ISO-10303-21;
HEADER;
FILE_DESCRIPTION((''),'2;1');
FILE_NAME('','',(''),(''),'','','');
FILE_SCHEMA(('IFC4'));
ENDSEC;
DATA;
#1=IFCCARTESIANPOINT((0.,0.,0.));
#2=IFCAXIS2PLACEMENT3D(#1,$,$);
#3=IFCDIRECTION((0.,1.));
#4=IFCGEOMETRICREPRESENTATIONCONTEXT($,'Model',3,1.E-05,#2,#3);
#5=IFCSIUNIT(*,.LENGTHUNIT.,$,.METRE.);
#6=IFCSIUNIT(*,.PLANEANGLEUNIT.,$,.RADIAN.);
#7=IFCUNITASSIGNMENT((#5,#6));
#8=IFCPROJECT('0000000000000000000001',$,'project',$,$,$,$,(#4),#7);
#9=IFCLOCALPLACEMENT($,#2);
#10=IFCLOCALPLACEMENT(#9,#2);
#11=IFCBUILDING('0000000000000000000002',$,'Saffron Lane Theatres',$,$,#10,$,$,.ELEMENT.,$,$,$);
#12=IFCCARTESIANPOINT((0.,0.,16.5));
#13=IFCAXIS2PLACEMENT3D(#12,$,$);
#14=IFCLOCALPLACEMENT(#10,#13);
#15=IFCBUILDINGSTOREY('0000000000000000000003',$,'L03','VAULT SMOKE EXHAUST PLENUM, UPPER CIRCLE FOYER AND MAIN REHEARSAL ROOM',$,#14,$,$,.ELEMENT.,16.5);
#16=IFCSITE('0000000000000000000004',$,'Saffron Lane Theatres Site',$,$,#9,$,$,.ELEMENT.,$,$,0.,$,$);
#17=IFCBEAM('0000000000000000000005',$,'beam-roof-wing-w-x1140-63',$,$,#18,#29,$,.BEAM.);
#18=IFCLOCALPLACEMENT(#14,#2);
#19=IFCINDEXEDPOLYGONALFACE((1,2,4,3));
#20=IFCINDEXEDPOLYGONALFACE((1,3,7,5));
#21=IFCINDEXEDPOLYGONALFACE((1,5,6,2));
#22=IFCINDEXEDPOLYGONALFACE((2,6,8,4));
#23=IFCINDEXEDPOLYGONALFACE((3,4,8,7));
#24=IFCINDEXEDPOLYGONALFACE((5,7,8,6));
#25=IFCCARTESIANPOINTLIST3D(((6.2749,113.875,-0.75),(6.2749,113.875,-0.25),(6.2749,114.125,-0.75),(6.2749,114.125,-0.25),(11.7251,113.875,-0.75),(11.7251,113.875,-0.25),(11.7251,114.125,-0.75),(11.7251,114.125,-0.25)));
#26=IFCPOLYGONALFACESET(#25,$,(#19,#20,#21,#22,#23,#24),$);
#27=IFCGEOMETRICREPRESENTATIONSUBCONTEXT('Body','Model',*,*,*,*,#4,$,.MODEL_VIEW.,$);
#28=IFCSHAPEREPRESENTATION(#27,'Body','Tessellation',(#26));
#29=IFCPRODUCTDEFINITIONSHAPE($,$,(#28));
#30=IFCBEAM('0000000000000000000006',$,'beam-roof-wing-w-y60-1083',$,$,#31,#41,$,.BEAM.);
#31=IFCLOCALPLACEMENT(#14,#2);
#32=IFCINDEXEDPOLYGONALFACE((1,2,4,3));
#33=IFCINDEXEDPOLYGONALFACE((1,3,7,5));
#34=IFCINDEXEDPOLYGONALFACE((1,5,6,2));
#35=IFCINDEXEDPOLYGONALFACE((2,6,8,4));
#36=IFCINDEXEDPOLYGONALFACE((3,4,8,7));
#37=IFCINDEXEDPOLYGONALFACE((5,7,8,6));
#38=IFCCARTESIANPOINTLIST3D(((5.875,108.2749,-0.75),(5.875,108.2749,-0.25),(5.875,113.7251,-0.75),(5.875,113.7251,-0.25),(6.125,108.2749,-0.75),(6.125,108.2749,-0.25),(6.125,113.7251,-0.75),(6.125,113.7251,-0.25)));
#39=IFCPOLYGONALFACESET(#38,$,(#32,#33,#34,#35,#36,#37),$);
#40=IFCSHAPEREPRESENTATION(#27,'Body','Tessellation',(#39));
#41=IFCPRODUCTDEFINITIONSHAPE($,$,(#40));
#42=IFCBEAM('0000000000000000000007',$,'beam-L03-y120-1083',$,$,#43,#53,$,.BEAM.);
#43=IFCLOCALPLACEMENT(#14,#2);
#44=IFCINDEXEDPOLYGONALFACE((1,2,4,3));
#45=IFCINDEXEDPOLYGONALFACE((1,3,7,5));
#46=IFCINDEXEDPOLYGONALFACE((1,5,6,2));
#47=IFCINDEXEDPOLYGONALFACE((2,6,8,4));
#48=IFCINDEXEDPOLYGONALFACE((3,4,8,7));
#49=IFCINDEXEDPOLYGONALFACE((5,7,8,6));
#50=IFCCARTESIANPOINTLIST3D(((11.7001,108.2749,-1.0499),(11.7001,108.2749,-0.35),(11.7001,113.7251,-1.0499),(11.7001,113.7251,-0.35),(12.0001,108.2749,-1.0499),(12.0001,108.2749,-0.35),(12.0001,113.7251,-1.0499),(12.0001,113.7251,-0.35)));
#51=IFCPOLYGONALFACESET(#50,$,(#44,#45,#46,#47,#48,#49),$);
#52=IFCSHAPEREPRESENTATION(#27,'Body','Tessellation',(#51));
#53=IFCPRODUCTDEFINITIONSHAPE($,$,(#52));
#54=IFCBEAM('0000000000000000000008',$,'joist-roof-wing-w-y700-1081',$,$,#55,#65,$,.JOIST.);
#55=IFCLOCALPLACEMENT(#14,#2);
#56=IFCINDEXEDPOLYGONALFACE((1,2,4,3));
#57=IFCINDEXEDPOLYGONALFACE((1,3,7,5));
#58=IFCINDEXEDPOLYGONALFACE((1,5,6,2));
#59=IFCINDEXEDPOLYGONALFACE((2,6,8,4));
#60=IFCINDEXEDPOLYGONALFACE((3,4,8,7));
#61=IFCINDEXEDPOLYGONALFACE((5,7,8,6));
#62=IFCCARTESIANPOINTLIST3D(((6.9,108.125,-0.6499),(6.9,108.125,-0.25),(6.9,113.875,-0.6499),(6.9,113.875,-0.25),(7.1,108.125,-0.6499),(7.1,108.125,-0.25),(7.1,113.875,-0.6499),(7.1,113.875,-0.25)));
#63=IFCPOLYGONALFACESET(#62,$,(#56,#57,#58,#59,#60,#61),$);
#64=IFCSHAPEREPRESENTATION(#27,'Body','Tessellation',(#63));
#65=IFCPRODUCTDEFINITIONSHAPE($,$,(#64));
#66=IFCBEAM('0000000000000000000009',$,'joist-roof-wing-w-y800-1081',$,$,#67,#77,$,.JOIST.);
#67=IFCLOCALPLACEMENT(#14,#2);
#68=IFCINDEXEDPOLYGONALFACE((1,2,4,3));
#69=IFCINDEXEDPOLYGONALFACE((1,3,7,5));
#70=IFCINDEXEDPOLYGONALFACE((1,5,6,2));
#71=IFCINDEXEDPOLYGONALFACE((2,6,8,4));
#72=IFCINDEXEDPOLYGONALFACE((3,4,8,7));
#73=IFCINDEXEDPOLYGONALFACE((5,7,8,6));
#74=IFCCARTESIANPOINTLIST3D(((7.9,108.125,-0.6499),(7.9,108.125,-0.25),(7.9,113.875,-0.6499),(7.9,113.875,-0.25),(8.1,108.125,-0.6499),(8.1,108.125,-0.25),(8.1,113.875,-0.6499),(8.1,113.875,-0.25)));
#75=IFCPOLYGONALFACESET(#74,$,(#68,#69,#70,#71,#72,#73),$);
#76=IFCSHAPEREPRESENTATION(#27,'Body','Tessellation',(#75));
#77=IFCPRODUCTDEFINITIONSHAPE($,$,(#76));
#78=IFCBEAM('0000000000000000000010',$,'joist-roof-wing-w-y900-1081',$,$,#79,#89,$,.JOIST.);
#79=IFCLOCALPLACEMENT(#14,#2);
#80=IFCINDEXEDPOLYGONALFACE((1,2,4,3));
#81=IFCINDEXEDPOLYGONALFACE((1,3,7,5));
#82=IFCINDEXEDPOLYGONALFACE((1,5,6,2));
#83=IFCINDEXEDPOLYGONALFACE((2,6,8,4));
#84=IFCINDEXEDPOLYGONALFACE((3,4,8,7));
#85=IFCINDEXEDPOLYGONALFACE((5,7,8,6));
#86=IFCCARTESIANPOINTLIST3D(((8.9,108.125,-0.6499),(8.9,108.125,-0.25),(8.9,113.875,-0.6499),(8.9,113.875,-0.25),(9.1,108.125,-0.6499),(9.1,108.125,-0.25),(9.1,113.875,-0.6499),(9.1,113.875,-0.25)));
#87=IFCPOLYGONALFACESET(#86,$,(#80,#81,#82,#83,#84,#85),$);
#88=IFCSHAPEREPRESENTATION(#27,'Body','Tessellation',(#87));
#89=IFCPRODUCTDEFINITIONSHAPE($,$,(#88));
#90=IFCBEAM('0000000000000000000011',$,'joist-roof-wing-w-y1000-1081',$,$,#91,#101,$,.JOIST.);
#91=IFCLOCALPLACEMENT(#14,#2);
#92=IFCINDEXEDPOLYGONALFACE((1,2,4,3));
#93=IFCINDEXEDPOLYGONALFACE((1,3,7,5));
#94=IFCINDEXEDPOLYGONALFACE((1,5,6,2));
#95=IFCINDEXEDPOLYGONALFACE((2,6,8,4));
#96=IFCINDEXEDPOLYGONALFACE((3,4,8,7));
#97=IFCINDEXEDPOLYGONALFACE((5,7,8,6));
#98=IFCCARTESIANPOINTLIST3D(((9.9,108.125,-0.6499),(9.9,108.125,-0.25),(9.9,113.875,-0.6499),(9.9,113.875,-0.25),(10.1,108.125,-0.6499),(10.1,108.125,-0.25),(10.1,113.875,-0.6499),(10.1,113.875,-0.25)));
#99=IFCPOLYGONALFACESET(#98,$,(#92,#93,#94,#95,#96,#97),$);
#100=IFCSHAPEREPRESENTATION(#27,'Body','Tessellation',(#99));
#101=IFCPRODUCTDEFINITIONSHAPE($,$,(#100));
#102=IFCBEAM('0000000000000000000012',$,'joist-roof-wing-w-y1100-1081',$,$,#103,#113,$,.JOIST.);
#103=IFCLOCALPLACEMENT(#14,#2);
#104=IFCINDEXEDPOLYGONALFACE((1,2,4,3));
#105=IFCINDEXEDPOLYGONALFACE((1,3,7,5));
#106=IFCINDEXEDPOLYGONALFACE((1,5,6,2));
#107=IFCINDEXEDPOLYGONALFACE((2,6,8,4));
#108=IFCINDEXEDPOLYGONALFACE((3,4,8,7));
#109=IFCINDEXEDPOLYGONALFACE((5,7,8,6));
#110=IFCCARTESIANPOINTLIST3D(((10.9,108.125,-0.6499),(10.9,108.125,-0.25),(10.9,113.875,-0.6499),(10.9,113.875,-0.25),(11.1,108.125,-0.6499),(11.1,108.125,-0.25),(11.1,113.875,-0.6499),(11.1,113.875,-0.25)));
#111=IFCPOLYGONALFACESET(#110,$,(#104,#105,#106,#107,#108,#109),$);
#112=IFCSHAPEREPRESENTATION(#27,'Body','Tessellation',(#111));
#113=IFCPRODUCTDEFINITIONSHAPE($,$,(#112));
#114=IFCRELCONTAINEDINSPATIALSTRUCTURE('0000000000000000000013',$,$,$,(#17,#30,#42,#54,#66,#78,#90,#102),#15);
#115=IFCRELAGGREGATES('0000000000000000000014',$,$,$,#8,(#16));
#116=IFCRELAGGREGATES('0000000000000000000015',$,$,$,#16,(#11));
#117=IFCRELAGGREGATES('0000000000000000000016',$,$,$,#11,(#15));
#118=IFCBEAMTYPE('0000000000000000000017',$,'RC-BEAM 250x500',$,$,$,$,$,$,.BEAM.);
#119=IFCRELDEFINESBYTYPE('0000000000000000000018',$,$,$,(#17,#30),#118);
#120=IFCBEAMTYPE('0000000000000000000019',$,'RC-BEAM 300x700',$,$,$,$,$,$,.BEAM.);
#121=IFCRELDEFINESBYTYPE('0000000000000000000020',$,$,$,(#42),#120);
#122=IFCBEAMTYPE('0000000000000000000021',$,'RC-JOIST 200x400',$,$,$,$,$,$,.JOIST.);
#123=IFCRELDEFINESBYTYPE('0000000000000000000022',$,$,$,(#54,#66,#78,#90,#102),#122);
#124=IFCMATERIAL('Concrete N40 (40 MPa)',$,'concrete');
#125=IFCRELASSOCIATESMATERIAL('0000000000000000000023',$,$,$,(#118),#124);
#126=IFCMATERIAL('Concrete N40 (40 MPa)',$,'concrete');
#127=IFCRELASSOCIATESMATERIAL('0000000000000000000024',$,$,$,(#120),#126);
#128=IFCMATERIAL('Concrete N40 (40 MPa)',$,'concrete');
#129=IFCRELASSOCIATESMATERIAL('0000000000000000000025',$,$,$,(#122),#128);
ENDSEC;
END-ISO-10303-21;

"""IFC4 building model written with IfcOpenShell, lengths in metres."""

from ifc_helpers import new_model, si_unit, direction, frame, origin, origin_2d, place, context, subcontext, project, spatial, rectangle, extrude, material, material_profile, profile_set, type_object, element, save


model = new_model("IFC4")

# Units and contexts
model_context = context("Model", 3, precision=1e-05, world=origin(), true_north=direction((0.0, 1.0)))
body_context = subcontext(model_context, "Body", "Model", "MODEL_VIEW")
ifc_project = project(units=[si_unit("LENGTHUNIT", "METRE"), si_unit("PLANEANGLEUNIT", "RADIAN")], contexts=[model_context])

# Site, building, storey
site_placement = place(None, origin())
site = spatial("IfcSite", under=ifc_project, at=site_placement, Name="Saffron Lane Theatres Site", CompositionType="ELEMENT", RefElevation=0.0)
building_placement = place(site_placement, origin())
building = spatial("IfcBuilding", under=site, at=building_placement, Name="Saffron Lane Theatres", CompositionType="ELEMENT")
storey_placement = place(building_placement, frame((0.0, 0.0, 16.5)))
storey = spatial("IfcBuildingStorey", under=building, at=storey_placement, Name="L03", Description="VAULT SMOKE EXHAUST PLENUM, UPPER CIRCLE FOYER AND MAIN REHEARSAL ROOM", CompositionType="ELEMENT", Elevation=16.5)

# Beams
ifc_material_1 = material(Name="Concrete N40 (40 MPa)", Category="concrete")
ifc_material_profile_1 = material_profile(ifc_material_1, rectangle(XDim=0.25, YDim=0.5, at=origin_2d()))
ifc_profile_set_1 = profile_set([ifc_material_profile_1], Name="Concrete N40 (40 MPa)")
beam_type_1 = type_object("IfcBeamType", Name="RC-BEAM 250x500", PredefinedType="BEAM", material=ifc_profile_set_1)
for number, where, z_axis, x_axis, name in (
    (1, (6.2749, 114.0, -0.5), (1.0, 0.0, 0.0), (0.0, 1.0, 0.0), "beam-roof-wing-w-x1140-63"),
    (2, (6.0, 108.2749, -0.5), (0.0, 1.0, 0.0), (-1.0, 0.0, 0.0), "beam-roof-wing-w-y60-1083"),
):
    element("IfcBeam", number, at=place(storey_placement, frame(where, z_axis=z_axis, x_axis=x_axis)), inside=storey, type_object=beam_type_1, Name=name, PredefinedType="BEAM", context=body_context, shape_type="SweptSolid", body=[
        extrude(rectangle(XDim=0.25, YDim=0.5, at=origin_2d()), origin(), (0.0, 0.0, 1.0), 5.4502),
    ])
ifc_material_2 = material(Name="Concrete N40 (40 MPa)", Category="concrete")
ifc_material_profile_2 = material_profile(ifc_material_2, rectangle(XDim=0.3, YDim=0.7, at=origin_2d()))
ifc_profile_set_2 = profile_set([ifc_material_profile_2], Name="Concrete N40 (40 MPa)")
beam_type_2 = type_object("IfcBeamType", Name="RC-BEAM 300x700", PredefinedType="BEAM", material=ifc_profile_set_2)
beam_placement = place(storey_placement, frame((11.8501, 108.2749, -0.7), z_axis=(0.0, 1.0, 0.0), x_axis=(-1.0, 0.0, 0.0)))
element("IfcBeam", 3, at=beam_placement, inside=storey, type_object=beam_type_2, Name="beam-L03-y120-1083", PredefinedType="BEAM", context=body_context, shape_type="SweptSolid", body=[
    extrude(rectangle(XDim=0.3, YDim=0.7, at=origin_2d()), origin(), (0.0, 0.0, 1.0), 5.4502),
])
ifc_material_3 = material(Name="Concrete N40 (40 MPa)", Category="concrete")
ifc_material_profile_3 = material_profile(ifc_material_3, rectangle(XDim=0.2, YDim=0.3999, at=origin_2d()))
ifc_profile_set_3 = profile_set([ifc_material_profile_3], Name="Concrete N40 (40 MPa)")
beam_type_3 = type_object("IfcBeamType", Name="RC-JOIST 200x400", PredefinedType="JOIST", material=ifc_profile_set_3)
for number, where, z_axis, x_axis, name in (
    (4, (7.0, 108.125, -0.45), (0.0, 1.0, 0.0), (-1.0, 0.0, 0.0), "joist-roof-wing-w-y700-1081"),
    (5, (8.0, 108.125, -0.45), (0.0, 1.0, 0.0), (-1.0, 0.0, 0.0), "joist-roof-wing-w-y800-1081"),
    (6, (9.0, 108.125, -0.45), (0.0, 1.0, 0.0), (-1.0, 0.0, 0.0), "joist-roof-wing-w-y900-1081"),
    (7, (10.0, 108.125, -0.45), (0.0, 1.0, 0.0), (-1.0, 0.0, 0.0), "joist-roof-wing-w-y1000-1081"),
    (8, (11.0, 108.125, -0.45), (0.0, 1.0, 0.0), (-1.0, 0.0, 0.0), "joist-roof-wing-w-y1100-1081"),
):
    element("IfcBeam", number, at=place(storey_placement, frame(where, z_axis=z_axis, x_axis=x_axis)), inside=storey, type_object=beam_type_3, Name=name, PredefinedType="JOIST", context=body_context, shape_type="SweptSolid", body=[
        extrude(rectangle(XDim=0.2, YDim=0.3999, at=origin_2d()), origin(), (0.0, 0.0, 1.0), 5.75),
    ])

save(model, "model.ifc")
